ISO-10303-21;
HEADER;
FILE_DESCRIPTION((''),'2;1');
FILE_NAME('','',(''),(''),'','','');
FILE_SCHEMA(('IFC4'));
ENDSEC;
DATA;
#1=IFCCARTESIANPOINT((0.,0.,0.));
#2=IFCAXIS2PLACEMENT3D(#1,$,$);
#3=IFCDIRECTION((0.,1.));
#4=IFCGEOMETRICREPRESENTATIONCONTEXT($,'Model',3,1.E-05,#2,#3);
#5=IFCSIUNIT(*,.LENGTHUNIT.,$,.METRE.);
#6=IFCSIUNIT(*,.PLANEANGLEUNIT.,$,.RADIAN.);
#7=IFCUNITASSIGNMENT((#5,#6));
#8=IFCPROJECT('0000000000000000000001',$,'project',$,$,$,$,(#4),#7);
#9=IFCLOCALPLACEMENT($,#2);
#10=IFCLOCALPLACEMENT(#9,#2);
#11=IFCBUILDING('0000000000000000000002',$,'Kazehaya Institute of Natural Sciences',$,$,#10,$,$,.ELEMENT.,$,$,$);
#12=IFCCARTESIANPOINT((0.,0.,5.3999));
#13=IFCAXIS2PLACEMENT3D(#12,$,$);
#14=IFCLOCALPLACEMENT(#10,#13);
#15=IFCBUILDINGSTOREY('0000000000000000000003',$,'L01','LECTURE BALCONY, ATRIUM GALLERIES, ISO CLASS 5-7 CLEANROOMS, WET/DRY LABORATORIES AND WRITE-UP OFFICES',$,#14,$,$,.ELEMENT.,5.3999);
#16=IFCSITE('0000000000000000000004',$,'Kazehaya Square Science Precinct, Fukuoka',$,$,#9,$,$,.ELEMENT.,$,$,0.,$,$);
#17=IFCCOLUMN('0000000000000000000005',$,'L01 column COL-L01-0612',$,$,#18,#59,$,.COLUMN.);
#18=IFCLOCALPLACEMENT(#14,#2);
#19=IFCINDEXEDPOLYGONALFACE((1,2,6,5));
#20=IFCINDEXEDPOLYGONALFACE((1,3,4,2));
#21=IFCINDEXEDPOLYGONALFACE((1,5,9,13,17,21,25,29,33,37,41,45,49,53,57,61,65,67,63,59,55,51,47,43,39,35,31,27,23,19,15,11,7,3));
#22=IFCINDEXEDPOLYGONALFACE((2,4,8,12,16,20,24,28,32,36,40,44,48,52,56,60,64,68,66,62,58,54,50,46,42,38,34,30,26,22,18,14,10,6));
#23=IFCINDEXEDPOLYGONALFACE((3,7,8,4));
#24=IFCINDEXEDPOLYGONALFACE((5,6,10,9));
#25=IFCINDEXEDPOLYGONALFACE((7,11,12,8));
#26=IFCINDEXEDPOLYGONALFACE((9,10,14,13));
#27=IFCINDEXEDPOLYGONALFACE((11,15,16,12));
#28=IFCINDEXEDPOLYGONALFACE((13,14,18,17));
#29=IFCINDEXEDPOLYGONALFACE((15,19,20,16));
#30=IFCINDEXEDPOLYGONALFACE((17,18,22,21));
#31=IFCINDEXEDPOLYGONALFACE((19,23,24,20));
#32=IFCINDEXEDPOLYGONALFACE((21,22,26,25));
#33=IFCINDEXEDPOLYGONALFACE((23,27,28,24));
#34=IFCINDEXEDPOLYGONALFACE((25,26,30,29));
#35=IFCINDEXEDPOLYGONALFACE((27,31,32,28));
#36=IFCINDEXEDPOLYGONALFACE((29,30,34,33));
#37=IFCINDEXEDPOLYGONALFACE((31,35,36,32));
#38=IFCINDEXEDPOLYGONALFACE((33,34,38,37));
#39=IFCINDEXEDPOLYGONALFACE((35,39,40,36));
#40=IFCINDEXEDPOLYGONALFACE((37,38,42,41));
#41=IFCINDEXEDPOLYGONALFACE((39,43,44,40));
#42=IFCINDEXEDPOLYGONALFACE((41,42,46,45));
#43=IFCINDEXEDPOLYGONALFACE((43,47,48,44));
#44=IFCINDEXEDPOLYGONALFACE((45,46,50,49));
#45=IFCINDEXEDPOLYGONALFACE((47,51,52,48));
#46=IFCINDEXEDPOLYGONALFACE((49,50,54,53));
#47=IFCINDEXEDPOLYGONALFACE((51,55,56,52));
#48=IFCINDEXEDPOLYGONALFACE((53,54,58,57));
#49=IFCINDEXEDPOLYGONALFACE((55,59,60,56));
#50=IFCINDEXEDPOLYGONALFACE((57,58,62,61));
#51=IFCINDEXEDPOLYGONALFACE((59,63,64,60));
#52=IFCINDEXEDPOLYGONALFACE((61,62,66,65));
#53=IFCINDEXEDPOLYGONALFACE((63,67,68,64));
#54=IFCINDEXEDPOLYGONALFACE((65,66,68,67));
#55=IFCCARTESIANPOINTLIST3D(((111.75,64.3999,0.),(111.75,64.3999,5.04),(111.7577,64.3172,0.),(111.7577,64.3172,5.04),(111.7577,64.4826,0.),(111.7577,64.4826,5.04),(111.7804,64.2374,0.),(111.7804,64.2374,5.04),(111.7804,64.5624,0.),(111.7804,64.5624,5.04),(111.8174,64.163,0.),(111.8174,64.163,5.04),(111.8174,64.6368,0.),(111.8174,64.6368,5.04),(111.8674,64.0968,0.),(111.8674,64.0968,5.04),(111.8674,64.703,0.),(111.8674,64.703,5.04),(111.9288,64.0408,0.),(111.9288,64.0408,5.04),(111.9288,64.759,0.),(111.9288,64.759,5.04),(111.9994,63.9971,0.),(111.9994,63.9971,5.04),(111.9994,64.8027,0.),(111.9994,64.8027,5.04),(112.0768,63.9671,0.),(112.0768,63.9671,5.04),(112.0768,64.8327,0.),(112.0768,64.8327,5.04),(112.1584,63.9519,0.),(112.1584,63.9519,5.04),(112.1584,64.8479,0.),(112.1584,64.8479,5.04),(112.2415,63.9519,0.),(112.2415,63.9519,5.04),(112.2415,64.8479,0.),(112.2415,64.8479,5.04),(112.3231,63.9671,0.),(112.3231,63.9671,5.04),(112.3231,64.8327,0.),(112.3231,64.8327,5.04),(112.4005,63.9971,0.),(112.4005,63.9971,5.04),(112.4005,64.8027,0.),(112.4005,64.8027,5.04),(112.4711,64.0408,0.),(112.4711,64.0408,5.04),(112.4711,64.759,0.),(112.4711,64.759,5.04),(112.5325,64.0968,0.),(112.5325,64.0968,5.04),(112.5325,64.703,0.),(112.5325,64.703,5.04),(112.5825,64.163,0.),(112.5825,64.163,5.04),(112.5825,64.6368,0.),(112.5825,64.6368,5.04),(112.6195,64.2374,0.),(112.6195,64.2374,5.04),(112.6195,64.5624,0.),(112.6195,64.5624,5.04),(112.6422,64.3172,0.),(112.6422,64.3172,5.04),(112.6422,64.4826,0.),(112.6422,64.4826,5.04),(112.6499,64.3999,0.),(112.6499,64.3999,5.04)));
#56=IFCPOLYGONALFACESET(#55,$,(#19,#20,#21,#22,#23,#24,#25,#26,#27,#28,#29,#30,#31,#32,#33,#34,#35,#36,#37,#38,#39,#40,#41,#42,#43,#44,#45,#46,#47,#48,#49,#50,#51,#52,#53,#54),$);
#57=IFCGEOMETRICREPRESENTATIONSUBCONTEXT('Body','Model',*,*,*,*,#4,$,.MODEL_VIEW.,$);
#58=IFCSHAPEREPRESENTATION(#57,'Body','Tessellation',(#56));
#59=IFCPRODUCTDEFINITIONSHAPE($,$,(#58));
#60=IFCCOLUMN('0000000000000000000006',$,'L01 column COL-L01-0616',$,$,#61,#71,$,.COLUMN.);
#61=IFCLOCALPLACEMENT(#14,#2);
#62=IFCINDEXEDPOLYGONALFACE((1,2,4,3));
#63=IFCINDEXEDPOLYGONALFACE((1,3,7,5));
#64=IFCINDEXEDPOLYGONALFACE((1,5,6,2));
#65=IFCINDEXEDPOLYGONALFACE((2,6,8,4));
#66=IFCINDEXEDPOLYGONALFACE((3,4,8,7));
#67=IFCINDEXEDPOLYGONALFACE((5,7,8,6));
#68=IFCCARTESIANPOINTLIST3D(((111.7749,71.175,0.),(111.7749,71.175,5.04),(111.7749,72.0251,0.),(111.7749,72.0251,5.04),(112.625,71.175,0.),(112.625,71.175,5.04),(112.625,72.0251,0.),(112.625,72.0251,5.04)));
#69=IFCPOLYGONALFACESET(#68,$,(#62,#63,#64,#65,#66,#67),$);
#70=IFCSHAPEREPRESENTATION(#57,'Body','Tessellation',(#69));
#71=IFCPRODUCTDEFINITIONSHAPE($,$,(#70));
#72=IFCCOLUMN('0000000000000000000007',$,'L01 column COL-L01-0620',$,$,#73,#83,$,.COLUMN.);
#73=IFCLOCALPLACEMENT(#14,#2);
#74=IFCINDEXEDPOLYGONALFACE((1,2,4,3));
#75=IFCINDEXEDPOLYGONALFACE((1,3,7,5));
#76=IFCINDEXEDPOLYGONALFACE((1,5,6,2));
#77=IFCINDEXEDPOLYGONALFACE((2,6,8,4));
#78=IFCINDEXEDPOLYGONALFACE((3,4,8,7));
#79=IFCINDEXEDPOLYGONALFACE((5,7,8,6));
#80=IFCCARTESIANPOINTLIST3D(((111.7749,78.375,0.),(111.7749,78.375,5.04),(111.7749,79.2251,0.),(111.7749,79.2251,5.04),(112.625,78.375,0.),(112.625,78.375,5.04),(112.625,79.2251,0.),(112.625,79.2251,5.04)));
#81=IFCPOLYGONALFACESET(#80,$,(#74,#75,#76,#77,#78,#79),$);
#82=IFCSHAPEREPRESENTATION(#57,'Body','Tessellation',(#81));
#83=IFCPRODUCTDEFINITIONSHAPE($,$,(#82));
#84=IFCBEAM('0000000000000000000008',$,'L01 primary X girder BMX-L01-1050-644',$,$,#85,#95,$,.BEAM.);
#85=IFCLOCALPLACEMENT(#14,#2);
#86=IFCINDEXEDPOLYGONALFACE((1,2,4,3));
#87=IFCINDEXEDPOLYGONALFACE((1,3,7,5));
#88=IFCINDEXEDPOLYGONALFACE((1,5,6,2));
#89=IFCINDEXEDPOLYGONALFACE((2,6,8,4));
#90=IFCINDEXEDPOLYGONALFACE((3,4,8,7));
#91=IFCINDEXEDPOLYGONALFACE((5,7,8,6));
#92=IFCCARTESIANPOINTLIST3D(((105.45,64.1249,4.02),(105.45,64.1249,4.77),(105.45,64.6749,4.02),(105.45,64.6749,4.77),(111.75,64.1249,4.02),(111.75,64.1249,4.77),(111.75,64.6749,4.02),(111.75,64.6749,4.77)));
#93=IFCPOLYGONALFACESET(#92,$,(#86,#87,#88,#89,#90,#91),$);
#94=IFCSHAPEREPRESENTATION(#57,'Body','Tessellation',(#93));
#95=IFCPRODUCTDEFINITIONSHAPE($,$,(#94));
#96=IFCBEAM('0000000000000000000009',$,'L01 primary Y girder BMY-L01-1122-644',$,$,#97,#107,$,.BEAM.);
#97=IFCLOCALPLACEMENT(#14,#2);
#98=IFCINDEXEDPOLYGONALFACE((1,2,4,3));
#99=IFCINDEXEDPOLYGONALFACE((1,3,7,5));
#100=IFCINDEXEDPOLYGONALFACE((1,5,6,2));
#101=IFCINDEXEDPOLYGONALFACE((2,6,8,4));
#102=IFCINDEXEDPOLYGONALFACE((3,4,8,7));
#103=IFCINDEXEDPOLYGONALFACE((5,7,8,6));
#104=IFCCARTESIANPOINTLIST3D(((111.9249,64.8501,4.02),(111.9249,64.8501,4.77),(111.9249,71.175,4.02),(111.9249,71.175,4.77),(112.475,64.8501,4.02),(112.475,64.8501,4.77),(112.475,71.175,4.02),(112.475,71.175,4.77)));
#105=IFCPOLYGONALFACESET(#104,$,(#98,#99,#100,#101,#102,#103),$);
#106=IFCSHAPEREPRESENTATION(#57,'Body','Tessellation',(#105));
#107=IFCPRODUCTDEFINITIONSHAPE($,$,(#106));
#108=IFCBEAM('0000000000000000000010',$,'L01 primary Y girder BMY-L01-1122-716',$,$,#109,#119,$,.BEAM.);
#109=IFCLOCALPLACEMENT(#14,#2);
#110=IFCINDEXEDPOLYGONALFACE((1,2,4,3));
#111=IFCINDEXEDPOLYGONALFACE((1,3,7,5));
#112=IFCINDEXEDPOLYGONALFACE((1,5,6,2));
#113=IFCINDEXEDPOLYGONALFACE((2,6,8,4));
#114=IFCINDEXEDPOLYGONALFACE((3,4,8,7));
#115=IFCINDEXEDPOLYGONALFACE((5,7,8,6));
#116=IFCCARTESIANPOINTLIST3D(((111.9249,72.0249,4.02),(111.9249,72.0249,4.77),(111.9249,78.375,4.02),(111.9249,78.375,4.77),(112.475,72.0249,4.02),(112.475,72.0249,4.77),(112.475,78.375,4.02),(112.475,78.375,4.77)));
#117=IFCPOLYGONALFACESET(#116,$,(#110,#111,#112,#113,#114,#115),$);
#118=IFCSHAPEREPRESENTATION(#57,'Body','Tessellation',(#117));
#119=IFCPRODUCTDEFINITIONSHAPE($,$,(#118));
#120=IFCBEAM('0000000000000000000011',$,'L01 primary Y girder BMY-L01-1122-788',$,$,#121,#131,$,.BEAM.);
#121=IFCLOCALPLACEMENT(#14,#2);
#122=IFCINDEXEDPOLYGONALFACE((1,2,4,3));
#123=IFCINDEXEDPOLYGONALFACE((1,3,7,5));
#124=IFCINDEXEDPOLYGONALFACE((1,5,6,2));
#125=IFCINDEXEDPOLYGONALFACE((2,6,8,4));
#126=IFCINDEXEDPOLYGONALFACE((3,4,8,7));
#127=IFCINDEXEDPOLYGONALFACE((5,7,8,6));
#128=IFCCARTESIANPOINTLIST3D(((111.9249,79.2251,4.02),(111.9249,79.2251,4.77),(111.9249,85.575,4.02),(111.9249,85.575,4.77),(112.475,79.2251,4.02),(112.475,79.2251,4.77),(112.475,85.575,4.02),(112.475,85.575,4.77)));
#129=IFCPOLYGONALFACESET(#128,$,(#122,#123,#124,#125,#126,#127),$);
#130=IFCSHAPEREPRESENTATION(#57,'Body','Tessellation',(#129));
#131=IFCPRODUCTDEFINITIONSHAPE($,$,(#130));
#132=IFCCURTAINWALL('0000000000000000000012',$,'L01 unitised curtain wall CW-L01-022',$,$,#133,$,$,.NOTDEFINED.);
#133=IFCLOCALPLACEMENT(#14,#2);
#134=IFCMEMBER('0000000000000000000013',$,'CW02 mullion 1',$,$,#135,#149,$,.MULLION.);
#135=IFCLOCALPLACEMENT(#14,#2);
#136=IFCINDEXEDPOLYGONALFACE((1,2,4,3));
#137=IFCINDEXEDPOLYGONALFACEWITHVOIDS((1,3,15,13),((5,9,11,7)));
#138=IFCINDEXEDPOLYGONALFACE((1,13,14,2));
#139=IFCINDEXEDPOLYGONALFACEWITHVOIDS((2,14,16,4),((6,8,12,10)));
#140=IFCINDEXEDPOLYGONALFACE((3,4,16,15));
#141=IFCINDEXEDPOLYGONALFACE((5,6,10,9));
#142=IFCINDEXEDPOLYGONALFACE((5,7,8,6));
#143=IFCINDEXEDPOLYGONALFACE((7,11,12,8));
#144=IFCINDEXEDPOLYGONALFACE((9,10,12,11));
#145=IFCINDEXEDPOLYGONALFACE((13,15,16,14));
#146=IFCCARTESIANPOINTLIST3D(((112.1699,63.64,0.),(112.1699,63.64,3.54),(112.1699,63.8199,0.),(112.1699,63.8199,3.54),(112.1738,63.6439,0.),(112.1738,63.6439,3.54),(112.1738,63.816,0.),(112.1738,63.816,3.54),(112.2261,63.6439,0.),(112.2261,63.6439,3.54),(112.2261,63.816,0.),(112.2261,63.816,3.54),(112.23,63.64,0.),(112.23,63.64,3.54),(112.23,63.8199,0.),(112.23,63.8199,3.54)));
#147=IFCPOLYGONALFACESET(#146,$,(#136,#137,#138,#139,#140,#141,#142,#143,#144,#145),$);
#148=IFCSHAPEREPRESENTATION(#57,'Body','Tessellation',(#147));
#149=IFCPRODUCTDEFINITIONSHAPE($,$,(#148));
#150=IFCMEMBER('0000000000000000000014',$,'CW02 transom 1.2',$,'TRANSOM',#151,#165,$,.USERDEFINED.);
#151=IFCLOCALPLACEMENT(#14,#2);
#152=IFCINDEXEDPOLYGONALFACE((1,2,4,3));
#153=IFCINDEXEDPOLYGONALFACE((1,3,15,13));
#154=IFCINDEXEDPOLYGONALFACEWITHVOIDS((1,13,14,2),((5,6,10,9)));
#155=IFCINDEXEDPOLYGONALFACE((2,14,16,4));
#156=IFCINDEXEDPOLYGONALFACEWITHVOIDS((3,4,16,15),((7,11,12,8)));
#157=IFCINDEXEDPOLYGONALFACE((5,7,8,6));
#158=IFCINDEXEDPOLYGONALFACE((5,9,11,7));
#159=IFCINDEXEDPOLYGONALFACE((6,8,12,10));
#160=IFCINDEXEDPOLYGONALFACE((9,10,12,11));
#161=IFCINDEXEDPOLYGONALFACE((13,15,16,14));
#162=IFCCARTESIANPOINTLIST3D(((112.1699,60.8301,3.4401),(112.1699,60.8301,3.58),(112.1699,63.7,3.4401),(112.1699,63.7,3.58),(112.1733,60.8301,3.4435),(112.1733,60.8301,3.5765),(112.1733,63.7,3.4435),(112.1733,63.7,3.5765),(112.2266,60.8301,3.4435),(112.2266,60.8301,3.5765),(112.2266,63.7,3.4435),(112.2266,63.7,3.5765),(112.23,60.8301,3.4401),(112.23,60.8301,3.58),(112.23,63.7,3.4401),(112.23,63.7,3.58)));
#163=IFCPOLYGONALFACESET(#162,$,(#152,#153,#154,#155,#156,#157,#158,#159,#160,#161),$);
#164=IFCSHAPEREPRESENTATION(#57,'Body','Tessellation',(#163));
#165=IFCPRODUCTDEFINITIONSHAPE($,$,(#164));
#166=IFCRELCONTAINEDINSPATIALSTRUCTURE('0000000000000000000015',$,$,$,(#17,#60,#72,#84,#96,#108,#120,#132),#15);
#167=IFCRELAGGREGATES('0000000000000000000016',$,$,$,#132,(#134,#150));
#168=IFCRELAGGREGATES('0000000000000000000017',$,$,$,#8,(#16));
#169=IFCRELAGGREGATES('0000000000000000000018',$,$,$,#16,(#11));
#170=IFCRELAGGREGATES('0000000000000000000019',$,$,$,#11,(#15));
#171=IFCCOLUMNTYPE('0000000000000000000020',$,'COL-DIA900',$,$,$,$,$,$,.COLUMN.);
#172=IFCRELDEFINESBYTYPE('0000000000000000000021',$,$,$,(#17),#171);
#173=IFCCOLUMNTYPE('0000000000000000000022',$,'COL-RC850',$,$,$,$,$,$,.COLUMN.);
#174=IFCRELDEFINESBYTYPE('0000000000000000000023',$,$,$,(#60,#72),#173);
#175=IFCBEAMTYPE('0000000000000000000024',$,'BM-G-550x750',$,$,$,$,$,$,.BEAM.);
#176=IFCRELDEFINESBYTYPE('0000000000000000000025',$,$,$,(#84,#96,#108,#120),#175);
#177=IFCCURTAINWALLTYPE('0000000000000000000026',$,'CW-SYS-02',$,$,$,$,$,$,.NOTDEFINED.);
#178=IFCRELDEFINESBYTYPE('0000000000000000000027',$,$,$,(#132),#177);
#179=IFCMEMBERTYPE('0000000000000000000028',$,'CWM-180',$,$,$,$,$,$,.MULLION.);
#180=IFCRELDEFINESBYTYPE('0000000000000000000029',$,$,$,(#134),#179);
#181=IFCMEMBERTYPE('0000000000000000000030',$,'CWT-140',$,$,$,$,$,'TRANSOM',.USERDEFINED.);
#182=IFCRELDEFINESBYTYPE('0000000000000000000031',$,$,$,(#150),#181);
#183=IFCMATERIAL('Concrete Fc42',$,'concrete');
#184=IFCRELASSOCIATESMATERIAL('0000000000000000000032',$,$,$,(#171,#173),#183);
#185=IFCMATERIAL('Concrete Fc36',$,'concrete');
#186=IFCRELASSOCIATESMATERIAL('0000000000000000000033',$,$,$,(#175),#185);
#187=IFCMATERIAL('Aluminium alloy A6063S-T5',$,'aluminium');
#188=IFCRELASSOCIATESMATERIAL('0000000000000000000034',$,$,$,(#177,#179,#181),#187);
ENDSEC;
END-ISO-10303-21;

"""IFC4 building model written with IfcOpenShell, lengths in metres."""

from ifc_helpers import new_model, si_unit, direction, frame, origin, origin_2d, place, context, subcontext, project, spatial, rectangle, hollow_rectangle, circle, extrude, material, material_profile, profile_set, type_object, element, aggregate, save


model = new_model("IFC4")

# Units and contexts
model_context = context("Model", 3, precision=1e-05, world=origin(), true_north=direction((0.0, 1.0)))
body_context = subcontext(model_context, "Body", "Model", "MODEL_VIEW")
ifc_project = project(units=[si_unit("LENGTHUNIT", "METRE"), si_unit("PLANEANGLEUNIT", "RADIAN")], contexts=[model_context])

# Site, building, storey
site_placement = place(None, origin())
site = spatial("IfcSite", under=ifc_project, at=site_placement, Name="Kazehaya Square Science Precinct, Fukuoka", CompositionType="ELEMENT", RefElevation=0.0)
building_placement = place(site_placement, origin())
building = spatial("IfcBuilding", under=site, at=building_placement, Name="Kazehaya Institute of Natural Sciences", CompositionType="ELEMENT")
storey_placement = place(building_placement, frame((0.0, 0.0, 5.3999)))
storey = spatial("IfcBuildingStorey", under=building, at=storey_placement, Name="L01", Description="LECTURE BALCONY, ATRIUM GALLERIES, ISO CLASS 5-7 CLEANROOMS, WET/DRY LABORATORIES AND WRITE-UP OFFICES", CompositionType="ELEMENT", Elevation=5.3999)

# Columns
ifc_material_1 = material(Name="Concrete Fc42", Category="concrete")
ifc_material_profile_1 = material_profile(ifc_material_1, circle(Radius=0.45, at=origin_2d()), Name="RC-DIA900")
ifc_profile_set_1 = profile_set([ifc_material_profile_1], Name="Concrete Fc42")
column_type_1 = type_object("IfcColumnType", Name="COL-DIA900", PredefinedType="COLUMN", material=ifc_profile_set_1)
column_placement = place(storey_placement, frame((112.2, 64.3999, 0.0), z_axis=(0.0, 0.0, 1.0), x_axis=(1.0, 0.0, 0.0)))
element("IfcColumn", 1, at=column_placement, inside=storey, type_object=column_type_1, Name="L01 column COL-L01-0612", PredefinedType="COLUMN", context=body_context, shape_type="SweptSolid", body=[
    extrude(circle(Radius=0.45, at=origin_2d()), origin(), (0.0, 0.0, 1.0), 5.04),
])
ifc_material_profile_2 = material_profile(ifc_material_1, rectangle(XDim=0.8501, YDim=0.8501, at=origin_2d()), Name="RC-850x850")
ifc_profile_set_2 = profile_set([ifc_material_profile_2], Name="Concrete Fc42")
column_type_2 = type_object("IfcColumnType", Name="COL-RC850", PredefinedType="COLUMN", material=ifc_profile_set_2)
for number, where, z_axis, x_axis, name in (
    (2, (112.2, 71.6001, 0.0), (0.0, 0.0, 1.0), (1.0, 0.0, 0.0), "L01 column COL-L01-0616"),
    (3, (112.2, 78.8, 0.0), (0.0, 0.0, 1.0), (1.0, 0.0, 0.0), "L01 column COL-L01-0620"),
):
    element("IfcColumn", number, at=place(storey_placement, frame(where, z_axis=z_axis, x_axis=x_axis)), inside=storey, type_object=column_type_2, Name=name, PredefinedType="COLUMN", context=body_context, shape_type="SweptSolid", body=[
        extrude(rectangle(XDim=0.8501, YDim=0.8501, at=origin_2d()), origin(), (0.0, 0.0, 1.0), 5.04),
    ])

# Beams
ifc_material_2 = material(Name="Concrete Fc36", Category="concrete")
ifc_material_profile_3 = material_profile(ifc_material_2, rectangle(XDim=0.55, YDim=0.75, at=origin_2d()), Name="RC-550x750")
ifc_profile_set_3 = profile_set([ifc_material_profile_3], Name="Concrete Fc36")
beam_type = type_object("IfcBeamType", Name="BM-G-550x750", PredefinedType="BEAM", material=ifc_profile_set_3)
beam_1_placement = place(storey_placement, frame((105.45, 64.3999, 4.395), z_axis=(1.0, 0.0, 0.0), x_axis=(0.0, 1.0, 0.0)))
element("IfcBeam", 4, at=beam_1_placement, inside=storey, type_object=beam_type, Name="L01 primary X girder BMX-L01-1050-644", PredefinedType="BEAM", context=body_context, shape_type="SweptSolid", body=[
    extrude(rectangle(XDim=0.55, YDim=0.75, at=origin_2d()), origin(), (0.0, 0.0, 1.0), 6.3),
])
beam_2_placement = place(storey_placement, frame((112.2, 64.8501, 4.395), z_axis=(0.0, 1.0, 0.0), x_axis=(-1.0, 0.0, 0.0)))
element("IfcBeam", 5, at=beam_2_placement, inside=storey, type_object=beam_type, Name="L01 primary Y girder BMY-L01-1122-644", PredefinedType="BEAM", context=body_context, shape_type="SweptSolid", body=[
    extrude(rectangle(XDim=0.55, YDim=0.75, at=origin_2d()), origin(), (0.0, 0.0, 1.0), 6.325),
])
beam_3_placement = place(storey_placement, frame((112.2, 72.0249, 4.395), z_axis=(0.0, 1.0, 0.0), x_axis=(-1.0, 0.0, 0.0)))
element("IfcBeam", 6, at=beam_3_placement, inside=storey, type_object=beam_type, Name="L01 primary Y girder BMY-L01-1122-716", PredefinedType="BEAM", context=body_context, shape_type="SweptSolid", body=[
    extrude(rectangle(XDim=0.55, YDim=0.75, at=origin_2d()), origin(), (0.0, 0.0, 1.0), 6.3501),
])
beam_4_placement = place(storey_placement, frame((112.2, 79.2251, 4.395), z_axis=(0.0, 1.0, 0.0), x_axis=(-1.0, 0.0, 0.0)))
element("IfcBeam", 7, at=beam_4_placement, inside=storey, type_object=beam_type, Name="L01 primary Y girder BMY-L01-1122-788", PredefinedType="BEAM", context=body_context, shape_type="SweptSolid", body=[
    extrude(rectangle(XDim=0.55, YDim=0.75, at=origin_2d()), origin(), (0.0, 0.0, 1.0), 6.3499),
])

# Curtain wall, members
ifc_material_3 = material(Name="Aluminium alloy A6063S-T5", Category="aluminium")
curtain_wall_type = type_object("IfcCurtainWallType", Name="CW-SYS-02", PredefinedType="NOTDEFINED", material=ifc_material_3)
curtain_wall_placement = place(storey_placement, origin())
curtain_wall = element("IfcCurtainWall", 8, at=curtain_wall_placement, inside=storey, type_object=curtain_wall_type, Name="L01 unitised curtain wall CW-L01-022", PredefinedType="NOTDEFINED")
ifc_material_profile_4 = material_profile(ifc_material_3, hollow_rectangle(XDim=0.0601, YDim=0.1799, WallThickness=0.0039, at=origin_2d()), Name="ALU-60x180x4")
ifc_profile_set_4 = profile_set([ifc_material_profile_4], Name="Aluminium alloy A6063S-T5")
member_type_1 = type_object("IfcMemberType", Name="CWM-180", PredefinedType="MULLION", material=ifc_profile_set_4)
member_1_placement = place(storey_placement, frame((112.2, 63.73, 0.0), z_axis=(0.0, 0.0, 1.0), x_axis=(1.0, 0.0, 0.0)))
member_1 = element("IfcMember", 9, at=member_1_placement, type_object=member_type_1, Name="CW02 mullion 1", PredefinedType="MULLION", context=body_context, shape_type="SweptSolid", body=[
    extrude(hollow_rectangle(XDim=0.0601, YDim=0.1799, WallThickness=0.0039, at=origin_2d()), origin(), (0.0, 0.0, 1.0), 3.54),
])
ifc_material_profile_5 = material_profile(ifc_material_3, hollow_rectangle(XDim=0.0601, YDim=0.1399, WallThickness=0.0034, at=origin_2d()), Name="ALU-60x140x3.5")
ifc_profile_set_5 = profile_set([ifc_material_profile_5], Name="Aluminium alloy A6063S-T5")
member_type_2 = type_object("IfcMemberType", Name="CWT-140", ElementType="TRANSOM", PredefinedType="USERDEFINED", material=ifc_profile_set_5)
member_2_placement = place(storey_placement, frame((112.2, 63.7, 3.51), z_axis=(0.0, -1.0, 0.0), x_axis=(1.0, 0.0, 0.0)))
member_2 = element("IfcMember", 10, at=member_2_placement, type_object=member_type_2, Name="CW02 transom 1.2", ObjectType="TRANSOM", PredefinedType="USERDEFINED", context=body_context, shape_type="SweptSolid", body=[
    extrude(hollow_rectangle(XDim=0.0601, YDim=0.1399, WallThickness=0.0034, at=origin_2d()), origin(), (0.0, 0.0, 1.0), 2.8699),
])
aggregate(curtain_wall, [member_1, member_2])

save(model, "model.ifc")
